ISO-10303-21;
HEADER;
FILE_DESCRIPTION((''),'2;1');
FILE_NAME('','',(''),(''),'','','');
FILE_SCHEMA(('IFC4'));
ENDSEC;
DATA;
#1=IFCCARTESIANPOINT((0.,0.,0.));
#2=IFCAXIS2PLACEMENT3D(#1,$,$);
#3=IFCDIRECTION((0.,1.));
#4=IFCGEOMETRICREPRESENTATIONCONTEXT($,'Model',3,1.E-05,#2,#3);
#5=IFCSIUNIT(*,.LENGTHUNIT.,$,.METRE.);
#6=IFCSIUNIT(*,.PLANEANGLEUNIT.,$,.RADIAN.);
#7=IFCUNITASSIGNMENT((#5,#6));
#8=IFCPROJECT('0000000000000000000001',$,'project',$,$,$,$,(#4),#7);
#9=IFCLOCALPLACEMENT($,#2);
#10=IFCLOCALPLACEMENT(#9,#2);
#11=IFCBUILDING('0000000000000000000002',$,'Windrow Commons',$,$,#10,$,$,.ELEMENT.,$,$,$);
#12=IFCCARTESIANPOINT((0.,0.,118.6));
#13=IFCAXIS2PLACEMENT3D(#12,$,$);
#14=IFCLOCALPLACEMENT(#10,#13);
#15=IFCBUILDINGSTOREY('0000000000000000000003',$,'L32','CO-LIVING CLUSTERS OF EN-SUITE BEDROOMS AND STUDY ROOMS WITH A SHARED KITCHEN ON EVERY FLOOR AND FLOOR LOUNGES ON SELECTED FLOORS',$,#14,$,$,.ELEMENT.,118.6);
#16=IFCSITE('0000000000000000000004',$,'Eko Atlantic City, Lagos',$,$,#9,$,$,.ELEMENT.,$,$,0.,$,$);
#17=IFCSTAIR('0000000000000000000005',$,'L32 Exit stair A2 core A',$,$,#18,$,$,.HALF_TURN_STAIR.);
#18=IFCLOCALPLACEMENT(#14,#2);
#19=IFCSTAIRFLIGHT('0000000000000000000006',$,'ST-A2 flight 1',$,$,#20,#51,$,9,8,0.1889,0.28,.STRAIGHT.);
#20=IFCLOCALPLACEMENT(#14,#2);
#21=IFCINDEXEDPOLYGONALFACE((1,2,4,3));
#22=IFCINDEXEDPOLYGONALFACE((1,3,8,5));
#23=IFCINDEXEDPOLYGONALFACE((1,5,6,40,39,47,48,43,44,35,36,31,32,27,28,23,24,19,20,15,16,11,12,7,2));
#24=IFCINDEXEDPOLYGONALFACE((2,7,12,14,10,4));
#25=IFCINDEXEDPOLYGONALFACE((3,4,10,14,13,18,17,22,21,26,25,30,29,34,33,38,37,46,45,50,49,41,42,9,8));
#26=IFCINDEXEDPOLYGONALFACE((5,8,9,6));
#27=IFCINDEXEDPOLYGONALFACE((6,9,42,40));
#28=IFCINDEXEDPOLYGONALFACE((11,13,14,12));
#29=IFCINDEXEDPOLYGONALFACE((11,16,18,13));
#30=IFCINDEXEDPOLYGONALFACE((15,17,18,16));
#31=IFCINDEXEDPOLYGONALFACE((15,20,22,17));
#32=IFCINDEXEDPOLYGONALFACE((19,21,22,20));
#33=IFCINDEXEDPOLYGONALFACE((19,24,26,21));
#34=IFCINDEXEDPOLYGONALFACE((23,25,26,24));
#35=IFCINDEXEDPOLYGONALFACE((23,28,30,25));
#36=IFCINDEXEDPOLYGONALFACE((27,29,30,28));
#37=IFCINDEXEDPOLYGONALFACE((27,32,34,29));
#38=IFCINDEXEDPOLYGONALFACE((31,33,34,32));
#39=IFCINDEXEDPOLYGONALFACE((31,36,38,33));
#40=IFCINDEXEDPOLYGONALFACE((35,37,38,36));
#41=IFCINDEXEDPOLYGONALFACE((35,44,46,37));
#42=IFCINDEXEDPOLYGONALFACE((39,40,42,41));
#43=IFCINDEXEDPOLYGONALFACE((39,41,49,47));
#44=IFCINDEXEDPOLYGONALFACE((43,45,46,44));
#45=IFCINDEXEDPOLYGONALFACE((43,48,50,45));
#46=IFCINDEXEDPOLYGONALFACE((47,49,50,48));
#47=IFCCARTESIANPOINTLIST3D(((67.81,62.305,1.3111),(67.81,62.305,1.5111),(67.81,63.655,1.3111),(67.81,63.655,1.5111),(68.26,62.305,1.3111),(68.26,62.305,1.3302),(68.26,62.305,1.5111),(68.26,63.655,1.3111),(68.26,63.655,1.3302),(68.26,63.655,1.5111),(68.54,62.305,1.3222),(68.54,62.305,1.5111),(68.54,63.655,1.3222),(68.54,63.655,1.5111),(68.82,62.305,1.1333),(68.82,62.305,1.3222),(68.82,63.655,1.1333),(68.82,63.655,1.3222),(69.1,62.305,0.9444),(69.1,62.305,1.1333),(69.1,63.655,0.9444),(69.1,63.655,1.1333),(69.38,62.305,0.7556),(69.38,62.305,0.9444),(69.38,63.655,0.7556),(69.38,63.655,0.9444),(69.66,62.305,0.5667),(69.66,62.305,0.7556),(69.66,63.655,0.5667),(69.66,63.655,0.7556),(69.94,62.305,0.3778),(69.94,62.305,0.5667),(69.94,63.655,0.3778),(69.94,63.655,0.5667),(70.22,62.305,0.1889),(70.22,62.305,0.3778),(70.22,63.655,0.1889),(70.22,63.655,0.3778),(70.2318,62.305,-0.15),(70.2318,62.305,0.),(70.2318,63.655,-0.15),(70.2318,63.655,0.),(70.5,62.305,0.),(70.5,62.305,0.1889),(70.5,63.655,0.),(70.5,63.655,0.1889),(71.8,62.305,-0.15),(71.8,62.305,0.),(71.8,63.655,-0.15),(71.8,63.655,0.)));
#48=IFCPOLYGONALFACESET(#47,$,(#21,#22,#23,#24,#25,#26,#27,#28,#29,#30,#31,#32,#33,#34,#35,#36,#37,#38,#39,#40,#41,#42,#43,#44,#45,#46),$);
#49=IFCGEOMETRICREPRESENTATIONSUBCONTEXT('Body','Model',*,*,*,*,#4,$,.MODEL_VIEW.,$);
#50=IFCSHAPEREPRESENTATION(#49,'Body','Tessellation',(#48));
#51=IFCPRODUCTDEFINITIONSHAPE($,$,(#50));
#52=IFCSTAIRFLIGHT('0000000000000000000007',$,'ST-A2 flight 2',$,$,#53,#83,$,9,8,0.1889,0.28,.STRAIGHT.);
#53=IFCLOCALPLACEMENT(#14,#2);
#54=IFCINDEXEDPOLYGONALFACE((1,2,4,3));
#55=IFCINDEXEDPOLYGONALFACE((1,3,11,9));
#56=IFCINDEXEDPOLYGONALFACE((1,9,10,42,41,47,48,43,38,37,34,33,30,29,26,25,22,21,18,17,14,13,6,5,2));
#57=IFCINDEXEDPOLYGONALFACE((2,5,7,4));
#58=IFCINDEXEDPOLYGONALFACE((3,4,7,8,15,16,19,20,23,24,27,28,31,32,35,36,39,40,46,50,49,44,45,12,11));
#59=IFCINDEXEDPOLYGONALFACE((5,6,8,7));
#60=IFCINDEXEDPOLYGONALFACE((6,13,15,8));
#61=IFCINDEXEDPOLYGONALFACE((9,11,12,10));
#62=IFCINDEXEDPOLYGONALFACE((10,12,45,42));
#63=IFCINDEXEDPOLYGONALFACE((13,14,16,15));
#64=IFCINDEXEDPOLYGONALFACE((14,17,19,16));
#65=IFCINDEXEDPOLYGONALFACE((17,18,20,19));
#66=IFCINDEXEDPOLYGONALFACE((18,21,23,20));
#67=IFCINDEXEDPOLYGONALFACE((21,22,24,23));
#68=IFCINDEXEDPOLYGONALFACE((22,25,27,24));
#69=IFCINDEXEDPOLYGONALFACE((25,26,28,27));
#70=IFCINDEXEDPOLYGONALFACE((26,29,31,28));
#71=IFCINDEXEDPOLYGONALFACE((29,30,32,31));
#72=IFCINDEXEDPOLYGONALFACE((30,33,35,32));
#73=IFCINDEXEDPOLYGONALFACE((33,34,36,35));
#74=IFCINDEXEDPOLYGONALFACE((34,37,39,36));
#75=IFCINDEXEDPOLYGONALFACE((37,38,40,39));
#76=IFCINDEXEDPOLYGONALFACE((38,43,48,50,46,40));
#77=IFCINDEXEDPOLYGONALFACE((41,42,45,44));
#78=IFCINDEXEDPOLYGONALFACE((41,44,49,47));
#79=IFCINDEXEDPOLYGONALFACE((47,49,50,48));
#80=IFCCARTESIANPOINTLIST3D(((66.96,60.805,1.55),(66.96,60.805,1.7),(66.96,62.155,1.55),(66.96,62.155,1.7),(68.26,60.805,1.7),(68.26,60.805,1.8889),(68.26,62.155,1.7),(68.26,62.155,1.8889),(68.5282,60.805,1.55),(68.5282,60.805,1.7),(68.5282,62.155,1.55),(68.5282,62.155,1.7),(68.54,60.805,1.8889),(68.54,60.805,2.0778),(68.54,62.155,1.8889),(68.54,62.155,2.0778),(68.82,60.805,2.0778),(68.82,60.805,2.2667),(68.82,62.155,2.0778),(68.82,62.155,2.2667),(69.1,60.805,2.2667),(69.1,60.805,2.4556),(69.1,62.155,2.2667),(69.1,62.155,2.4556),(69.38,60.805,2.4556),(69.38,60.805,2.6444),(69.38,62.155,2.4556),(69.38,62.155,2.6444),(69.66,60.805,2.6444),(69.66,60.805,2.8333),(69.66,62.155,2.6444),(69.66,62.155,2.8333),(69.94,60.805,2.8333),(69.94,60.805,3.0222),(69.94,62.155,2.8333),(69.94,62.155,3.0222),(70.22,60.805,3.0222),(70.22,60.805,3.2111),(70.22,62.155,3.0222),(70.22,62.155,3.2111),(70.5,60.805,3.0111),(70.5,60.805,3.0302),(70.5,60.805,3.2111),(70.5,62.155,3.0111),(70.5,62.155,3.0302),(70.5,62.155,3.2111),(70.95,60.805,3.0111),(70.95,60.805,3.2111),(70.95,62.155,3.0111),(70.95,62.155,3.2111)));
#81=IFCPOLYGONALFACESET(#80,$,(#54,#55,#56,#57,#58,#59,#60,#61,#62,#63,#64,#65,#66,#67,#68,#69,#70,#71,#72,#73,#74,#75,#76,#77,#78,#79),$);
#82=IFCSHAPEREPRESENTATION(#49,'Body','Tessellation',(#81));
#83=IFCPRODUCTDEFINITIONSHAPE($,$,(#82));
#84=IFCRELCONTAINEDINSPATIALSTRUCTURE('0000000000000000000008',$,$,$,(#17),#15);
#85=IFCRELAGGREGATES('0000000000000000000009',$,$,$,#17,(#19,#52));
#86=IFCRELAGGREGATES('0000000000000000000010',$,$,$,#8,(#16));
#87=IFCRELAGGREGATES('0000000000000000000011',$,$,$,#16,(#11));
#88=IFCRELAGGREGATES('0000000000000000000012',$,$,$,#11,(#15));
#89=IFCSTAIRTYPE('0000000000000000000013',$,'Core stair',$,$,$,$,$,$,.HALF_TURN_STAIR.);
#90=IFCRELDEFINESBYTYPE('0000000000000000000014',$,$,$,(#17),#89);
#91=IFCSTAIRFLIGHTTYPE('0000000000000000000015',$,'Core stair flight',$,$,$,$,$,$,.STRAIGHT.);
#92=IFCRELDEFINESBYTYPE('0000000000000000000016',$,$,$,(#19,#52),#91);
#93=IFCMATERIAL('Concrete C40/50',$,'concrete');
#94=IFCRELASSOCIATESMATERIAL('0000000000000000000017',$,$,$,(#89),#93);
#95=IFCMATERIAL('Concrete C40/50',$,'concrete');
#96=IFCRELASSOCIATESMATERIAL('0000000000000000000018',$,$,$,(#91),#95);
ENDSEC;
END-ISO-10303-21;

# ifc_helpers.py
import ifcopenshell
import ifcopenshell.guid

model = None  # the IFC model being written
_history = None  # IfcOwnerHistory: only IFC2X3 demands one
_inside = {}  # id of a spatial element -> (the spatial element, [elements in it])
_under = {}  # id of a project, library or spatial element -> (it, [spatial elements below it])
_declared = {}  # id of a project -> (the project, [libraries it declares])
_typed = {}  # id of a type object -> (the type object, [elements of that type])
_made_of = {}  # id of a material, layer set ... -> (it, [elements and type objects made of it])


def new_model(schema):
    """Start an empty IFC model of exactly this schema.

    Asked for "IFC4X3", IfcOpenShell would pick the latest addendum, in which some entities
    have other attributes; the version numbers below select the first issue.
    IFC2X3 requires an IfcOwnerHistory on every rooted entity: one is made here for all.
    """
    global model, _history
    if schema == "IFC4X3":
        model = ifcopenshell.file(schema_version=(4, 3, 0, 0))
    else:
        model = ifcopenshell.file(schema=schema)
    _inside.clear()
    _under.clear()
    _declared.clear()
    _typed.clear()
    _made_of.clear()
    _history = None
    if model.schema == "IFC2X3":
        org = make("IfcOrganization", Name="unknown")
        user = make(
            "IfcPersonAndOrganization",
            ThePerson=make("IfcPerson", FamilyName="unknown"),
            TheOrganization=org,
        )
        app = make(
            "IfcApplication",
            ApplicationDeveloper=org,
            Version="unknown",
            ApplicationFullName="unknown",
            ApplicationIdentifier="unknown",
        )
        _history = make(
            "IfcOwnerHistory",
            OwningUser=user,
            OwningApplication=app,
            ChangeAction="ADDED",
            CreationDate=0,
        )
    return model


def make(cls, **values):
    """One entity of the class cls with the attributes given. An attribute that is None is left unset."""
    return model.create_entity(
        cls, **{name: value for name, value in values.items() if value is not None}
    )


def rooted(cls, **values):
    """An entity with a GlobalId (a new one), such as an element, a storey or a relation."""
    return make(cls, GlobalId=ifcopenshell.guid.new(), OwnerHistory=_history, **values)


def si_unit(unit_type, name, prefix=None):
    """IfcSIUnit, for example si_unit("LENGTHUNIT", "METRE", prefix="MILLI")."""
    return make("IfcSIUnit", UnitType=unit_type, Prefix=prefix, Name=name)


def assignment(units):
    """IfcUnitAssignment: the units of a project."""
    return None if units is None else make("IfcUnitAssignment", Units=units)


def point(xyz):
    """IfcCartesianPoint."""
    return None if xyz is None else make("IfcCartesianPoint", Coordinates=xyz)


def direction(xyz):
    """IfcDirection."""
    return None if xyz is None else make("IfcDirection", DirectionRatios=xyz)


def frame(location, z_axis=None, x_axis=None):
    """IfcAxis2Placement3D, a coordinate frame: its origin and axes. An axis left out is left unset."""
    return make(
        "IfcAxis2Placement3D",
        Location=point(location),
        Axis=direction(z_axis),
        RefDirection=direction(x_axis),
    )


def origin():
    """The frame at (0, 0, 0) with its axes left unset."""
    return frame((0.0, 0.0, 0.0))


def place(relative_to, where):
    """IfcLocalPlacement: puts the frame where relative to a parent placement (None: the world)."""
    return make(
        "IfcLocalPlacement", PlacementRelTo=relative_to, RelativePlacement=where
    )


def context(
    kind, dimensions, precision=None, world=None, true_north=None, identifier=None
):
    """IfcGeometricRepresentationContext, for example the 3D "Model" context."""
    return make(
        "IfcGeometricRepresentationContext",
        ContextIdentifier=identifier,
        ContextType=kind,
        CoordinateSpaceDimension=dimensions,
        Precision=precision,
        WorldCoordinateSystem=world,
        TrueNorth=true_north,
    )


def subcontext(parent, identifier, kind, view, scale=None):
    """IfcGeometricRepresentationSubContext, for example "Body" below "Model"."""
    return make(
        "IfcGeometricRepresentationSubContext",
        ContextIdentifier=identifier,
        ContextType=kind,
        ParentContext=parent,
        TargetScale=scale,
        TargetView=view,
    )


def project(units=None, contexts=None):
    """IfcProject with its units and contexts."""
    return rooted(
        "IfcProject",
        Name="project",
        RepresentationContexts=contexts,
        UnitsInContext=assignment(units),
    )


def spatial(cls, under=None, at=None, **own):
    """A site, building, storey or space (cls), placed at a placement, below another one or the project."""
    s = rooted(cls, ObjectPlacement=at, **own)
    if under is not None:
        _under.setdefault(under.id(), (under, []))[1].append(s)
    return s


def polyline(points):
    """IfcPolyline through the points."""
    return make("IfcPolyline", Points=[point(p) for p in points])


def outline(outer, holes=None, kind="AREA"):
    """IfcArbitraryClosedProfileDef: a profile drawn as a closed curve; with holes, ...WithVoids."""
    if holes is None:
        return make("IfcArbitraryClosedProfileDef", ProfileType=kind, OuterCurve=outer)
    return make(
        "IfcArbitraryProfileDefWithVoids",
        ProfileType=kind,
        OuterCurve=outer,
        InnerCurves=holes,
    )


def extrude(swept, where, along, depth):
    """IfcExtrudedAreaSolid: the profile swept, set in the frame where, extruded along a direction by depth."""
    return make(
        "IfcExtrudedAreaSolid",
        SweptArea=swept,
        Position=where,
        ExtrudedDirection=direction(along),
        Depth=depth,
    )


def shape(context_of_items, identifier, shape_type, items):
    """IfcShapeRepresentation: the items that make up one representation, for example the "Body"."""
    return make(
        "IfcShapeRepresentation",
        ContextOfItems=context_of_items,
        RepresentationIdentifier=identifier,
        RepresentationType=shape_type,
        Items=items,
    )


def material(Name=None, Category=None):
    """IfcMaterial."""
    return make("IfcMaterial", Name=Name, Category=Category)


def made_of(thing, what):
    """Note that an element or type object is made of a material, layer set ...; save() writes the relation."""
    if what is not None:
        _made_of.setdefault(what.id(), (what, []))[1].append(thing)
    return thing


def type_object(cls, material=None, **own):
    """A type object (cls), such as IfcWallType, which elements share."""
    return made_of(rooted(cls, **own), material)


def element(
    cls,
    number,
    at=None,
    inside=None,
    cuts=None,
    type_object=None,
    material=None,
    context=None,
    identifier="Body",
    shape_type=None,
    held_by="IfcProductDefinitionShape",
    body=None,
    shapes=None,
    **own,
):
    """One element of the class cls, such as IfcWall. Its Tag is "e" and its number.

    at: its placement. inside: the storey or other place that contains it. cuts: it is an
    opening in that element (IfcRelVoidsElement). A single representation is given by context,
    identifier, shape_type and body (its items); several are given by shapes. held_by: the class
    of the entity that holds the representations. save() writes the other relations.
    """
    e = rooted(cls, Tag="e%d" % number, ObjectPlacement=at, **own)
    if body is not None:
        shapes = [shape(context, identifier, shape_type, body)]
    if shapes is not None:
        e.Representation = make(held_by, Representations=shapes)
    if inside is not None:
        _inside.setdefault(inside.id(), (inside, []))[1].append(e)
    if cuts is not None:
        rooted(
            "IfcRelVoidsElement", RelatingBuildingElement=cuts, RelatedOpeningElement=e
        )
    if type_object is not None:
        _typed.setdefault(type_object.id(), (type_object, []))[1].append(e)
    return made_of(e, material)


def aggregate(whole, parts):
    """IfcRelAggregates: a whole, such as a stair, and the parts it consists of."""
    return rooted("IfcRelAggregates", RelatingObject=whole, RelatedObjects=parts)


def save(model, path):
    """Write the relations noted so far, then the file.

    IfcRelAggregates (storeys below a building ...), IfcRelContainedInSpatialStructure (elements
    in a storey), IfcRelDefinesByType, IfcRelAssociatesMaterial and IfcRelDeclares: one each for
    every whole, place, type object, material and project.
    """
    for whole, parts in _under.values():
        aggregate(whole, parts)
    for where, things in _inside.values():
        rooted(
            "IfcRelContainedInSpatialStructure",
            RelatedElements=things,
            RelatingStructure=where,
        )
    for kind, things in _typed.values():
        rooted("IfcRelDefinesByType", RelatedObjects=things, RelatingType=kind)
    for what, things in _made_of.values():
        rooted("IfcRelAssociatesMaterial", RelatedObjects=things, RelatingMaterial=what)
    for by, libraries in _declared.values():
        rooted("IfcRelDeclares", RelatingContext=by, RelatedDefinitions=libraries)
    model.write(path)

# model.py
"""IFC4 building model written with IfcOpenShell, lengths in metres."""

from ifc_helpers import new_model, si_unit, direction, frame, origin, place, context, subcontext, project, spatial, polyline, outline, extrude, material, type_object, element, aggregate, save


model = new_model("IFC4")

# Units and contexts
model_context = context("Model", 3, precision=1e-05, world=origin(), true_north=direction((0.0, 1.0)))
body_context = subcontext(model_context, "Body", "Model", "MODEL_VIEW")
ifc_project = project(units=[si_unit("LENGTHUNIT", "METRE"), si_unit("PLANEANGLEUNIT", "RADIAN")], contexts=[model_context])

# Site, building, storey
site_placement = place(None, origin())
site = spatial("IfcSite", under=ifc_project, at=site_placement, Name="Eko Atlantic City, Lagos", CompositionType="ELEMENT", RefElevation=0.0)
building_placement = place(site_placement, origin())
building = spatial("IfcBuilding", under=site, at=building_placement, Name="Windrow Commons", CompositionType="ELEMENT")
storey_placement = place(building_placement, frame((0.0, 0.0, 118.6)))
storey = spatial("IfcBuildingStorey", under=building, at=storey_placement, Name="L32", Description="CO-LIVING CLUSTERS OF EN-SUITE BEDROOMS AND STUDY ROOMS WITH A SHARED KITCHEN ON EVERY FLOOR AND FLOOR LOUNGES ON SELECTED FLOORS", CompositionType="ELEMENT", Elevation=118.6)

# Stair, stair flights
ifc_material_1 = material(Name="Concrete C40/50", Category="concrete")
stair_type = type_object("IfcStairType", Name="Core stair", PredefinedType="HALF_TURN_STAIR", material=ifc_material_1)
stair_placement = place(storey_placement, origin())
stair = element("IfcStair", 1, at=stair_placement, inside=storey, type_object=stair_type, Name="L32 Exit stair A2 core A", PredefinedType="HALF_TURN_STAIR")
ifc_material_2 = material(Name="Concrete C40/50", Category="concrete")
stair_flight_type = type_object("IfcStairFlightType", Name="Core stair flight", PredefinedType="STRAIGHT", material=ifc_material_2)
stair_flight_1_placement = place(storey_placement, frame((70.5, 62.98, 0.0), z_axis=(0.0, 0.0, 1.0), x_axis=(-1.0, 0.0, 0.0)))
stair_flight_1 = element("IfcStairFlight", 2, at=stair_flight_1_placement, type_object=stair_flight_type, Name="ST-A2 flight 1", NumberOfRisers=9, NumberOfTreads=8, PredefinedType="STRAIGHT", RiserHeight=0.1889, TreadLength=0.28, context=body_context, shape_type="SweptSolid", body=[
    extrude(outline(polyline([(-1.3, -0.15), (-1.3, 0.0), (0.0, 0.0), (0.0, 0.1889), (0.28, 0.1889), (0.28, 0.3778), (0.56, 0.3778), (0.56, 0.5667), (0.84, 0.5667), (0.84, 0.7556), (1.12, 0.7556), (1.12, 0.9444), (1.4, 0.9444), (1.4, 1.1333), (1.68, 1.1333), (1.68, 1.3222), (1.96, 1.3222), (1.96, 1.5111), (2.24, 1.5111), (2.69, 1.5111), (2.69, 1.3111), (2.24, 1.3111), (2.24, 1.3302), (0.2682, 0.0), (0.2682, -0.15), (-1.3, -0.15)])), frame((0.0, 0.675, 0.0), z_axis=(0.0, -1.0, 0.0), x_axis=(1.0, 0.0, 0.0)), (0.0, 0.0, 1.0), 1.35),
])
stair_flight_2_placement = place(storey_placement, frame((68.26, 61.48, 1.7), z_axis=(0.0, 0.0, 1.0), x_axis=(1.0, 0.0, 0.0)))
stair_flight_2 = element("IfcStairFlight", 3, at=stair_flight_2_placement, type_object=stair_flight_type, Name="ST-A2 flight 2", NumberOfRisers=9, NumberOfTreads=8, PredefinedType="STRAIGHT", RiserHeight=0.1889, TreadLength=0.28, context=body_context, shape_type="SweptSolid", body=[
    extrude(outline(polyline([(-1.3, -0.15), (-1.3, 0.0), (0.0, 0.0), (0.0, 0.1889), (0.28, 0.1889), (0.28, 0.3778), (0.56, 0.3778), (0.56, 0.5667), (0.84, 0.5667), (0.84, 0.7556), (1.12, 0.7556), (1.12, 0.9444), (1.4, 0.9444), (1.4, 1.1333), (1.68, 1.1333), (1.68, 1.3222), (1.96, 1.3222), (1.96, 1.5111), (2.24, 1.5111), (2.69, 1.5111), (2.69, 1.3111), (2.24, 1.3111), (2.24, 1.3302), (0.2682, 0.0), (0.2682, -0.15), (-1.3, -0.15)])), frame((0.0, 0.675, 0.0), z_axis=(0.0, -1.0, 0.0), x_axis=(1.0, 0.0, 0.0)), (0.0, 0.0, 1.0), 1.35),
])
aggregate(stair, [stair_flight_1, stair_flight_2])

save(model, "model.ifc")
